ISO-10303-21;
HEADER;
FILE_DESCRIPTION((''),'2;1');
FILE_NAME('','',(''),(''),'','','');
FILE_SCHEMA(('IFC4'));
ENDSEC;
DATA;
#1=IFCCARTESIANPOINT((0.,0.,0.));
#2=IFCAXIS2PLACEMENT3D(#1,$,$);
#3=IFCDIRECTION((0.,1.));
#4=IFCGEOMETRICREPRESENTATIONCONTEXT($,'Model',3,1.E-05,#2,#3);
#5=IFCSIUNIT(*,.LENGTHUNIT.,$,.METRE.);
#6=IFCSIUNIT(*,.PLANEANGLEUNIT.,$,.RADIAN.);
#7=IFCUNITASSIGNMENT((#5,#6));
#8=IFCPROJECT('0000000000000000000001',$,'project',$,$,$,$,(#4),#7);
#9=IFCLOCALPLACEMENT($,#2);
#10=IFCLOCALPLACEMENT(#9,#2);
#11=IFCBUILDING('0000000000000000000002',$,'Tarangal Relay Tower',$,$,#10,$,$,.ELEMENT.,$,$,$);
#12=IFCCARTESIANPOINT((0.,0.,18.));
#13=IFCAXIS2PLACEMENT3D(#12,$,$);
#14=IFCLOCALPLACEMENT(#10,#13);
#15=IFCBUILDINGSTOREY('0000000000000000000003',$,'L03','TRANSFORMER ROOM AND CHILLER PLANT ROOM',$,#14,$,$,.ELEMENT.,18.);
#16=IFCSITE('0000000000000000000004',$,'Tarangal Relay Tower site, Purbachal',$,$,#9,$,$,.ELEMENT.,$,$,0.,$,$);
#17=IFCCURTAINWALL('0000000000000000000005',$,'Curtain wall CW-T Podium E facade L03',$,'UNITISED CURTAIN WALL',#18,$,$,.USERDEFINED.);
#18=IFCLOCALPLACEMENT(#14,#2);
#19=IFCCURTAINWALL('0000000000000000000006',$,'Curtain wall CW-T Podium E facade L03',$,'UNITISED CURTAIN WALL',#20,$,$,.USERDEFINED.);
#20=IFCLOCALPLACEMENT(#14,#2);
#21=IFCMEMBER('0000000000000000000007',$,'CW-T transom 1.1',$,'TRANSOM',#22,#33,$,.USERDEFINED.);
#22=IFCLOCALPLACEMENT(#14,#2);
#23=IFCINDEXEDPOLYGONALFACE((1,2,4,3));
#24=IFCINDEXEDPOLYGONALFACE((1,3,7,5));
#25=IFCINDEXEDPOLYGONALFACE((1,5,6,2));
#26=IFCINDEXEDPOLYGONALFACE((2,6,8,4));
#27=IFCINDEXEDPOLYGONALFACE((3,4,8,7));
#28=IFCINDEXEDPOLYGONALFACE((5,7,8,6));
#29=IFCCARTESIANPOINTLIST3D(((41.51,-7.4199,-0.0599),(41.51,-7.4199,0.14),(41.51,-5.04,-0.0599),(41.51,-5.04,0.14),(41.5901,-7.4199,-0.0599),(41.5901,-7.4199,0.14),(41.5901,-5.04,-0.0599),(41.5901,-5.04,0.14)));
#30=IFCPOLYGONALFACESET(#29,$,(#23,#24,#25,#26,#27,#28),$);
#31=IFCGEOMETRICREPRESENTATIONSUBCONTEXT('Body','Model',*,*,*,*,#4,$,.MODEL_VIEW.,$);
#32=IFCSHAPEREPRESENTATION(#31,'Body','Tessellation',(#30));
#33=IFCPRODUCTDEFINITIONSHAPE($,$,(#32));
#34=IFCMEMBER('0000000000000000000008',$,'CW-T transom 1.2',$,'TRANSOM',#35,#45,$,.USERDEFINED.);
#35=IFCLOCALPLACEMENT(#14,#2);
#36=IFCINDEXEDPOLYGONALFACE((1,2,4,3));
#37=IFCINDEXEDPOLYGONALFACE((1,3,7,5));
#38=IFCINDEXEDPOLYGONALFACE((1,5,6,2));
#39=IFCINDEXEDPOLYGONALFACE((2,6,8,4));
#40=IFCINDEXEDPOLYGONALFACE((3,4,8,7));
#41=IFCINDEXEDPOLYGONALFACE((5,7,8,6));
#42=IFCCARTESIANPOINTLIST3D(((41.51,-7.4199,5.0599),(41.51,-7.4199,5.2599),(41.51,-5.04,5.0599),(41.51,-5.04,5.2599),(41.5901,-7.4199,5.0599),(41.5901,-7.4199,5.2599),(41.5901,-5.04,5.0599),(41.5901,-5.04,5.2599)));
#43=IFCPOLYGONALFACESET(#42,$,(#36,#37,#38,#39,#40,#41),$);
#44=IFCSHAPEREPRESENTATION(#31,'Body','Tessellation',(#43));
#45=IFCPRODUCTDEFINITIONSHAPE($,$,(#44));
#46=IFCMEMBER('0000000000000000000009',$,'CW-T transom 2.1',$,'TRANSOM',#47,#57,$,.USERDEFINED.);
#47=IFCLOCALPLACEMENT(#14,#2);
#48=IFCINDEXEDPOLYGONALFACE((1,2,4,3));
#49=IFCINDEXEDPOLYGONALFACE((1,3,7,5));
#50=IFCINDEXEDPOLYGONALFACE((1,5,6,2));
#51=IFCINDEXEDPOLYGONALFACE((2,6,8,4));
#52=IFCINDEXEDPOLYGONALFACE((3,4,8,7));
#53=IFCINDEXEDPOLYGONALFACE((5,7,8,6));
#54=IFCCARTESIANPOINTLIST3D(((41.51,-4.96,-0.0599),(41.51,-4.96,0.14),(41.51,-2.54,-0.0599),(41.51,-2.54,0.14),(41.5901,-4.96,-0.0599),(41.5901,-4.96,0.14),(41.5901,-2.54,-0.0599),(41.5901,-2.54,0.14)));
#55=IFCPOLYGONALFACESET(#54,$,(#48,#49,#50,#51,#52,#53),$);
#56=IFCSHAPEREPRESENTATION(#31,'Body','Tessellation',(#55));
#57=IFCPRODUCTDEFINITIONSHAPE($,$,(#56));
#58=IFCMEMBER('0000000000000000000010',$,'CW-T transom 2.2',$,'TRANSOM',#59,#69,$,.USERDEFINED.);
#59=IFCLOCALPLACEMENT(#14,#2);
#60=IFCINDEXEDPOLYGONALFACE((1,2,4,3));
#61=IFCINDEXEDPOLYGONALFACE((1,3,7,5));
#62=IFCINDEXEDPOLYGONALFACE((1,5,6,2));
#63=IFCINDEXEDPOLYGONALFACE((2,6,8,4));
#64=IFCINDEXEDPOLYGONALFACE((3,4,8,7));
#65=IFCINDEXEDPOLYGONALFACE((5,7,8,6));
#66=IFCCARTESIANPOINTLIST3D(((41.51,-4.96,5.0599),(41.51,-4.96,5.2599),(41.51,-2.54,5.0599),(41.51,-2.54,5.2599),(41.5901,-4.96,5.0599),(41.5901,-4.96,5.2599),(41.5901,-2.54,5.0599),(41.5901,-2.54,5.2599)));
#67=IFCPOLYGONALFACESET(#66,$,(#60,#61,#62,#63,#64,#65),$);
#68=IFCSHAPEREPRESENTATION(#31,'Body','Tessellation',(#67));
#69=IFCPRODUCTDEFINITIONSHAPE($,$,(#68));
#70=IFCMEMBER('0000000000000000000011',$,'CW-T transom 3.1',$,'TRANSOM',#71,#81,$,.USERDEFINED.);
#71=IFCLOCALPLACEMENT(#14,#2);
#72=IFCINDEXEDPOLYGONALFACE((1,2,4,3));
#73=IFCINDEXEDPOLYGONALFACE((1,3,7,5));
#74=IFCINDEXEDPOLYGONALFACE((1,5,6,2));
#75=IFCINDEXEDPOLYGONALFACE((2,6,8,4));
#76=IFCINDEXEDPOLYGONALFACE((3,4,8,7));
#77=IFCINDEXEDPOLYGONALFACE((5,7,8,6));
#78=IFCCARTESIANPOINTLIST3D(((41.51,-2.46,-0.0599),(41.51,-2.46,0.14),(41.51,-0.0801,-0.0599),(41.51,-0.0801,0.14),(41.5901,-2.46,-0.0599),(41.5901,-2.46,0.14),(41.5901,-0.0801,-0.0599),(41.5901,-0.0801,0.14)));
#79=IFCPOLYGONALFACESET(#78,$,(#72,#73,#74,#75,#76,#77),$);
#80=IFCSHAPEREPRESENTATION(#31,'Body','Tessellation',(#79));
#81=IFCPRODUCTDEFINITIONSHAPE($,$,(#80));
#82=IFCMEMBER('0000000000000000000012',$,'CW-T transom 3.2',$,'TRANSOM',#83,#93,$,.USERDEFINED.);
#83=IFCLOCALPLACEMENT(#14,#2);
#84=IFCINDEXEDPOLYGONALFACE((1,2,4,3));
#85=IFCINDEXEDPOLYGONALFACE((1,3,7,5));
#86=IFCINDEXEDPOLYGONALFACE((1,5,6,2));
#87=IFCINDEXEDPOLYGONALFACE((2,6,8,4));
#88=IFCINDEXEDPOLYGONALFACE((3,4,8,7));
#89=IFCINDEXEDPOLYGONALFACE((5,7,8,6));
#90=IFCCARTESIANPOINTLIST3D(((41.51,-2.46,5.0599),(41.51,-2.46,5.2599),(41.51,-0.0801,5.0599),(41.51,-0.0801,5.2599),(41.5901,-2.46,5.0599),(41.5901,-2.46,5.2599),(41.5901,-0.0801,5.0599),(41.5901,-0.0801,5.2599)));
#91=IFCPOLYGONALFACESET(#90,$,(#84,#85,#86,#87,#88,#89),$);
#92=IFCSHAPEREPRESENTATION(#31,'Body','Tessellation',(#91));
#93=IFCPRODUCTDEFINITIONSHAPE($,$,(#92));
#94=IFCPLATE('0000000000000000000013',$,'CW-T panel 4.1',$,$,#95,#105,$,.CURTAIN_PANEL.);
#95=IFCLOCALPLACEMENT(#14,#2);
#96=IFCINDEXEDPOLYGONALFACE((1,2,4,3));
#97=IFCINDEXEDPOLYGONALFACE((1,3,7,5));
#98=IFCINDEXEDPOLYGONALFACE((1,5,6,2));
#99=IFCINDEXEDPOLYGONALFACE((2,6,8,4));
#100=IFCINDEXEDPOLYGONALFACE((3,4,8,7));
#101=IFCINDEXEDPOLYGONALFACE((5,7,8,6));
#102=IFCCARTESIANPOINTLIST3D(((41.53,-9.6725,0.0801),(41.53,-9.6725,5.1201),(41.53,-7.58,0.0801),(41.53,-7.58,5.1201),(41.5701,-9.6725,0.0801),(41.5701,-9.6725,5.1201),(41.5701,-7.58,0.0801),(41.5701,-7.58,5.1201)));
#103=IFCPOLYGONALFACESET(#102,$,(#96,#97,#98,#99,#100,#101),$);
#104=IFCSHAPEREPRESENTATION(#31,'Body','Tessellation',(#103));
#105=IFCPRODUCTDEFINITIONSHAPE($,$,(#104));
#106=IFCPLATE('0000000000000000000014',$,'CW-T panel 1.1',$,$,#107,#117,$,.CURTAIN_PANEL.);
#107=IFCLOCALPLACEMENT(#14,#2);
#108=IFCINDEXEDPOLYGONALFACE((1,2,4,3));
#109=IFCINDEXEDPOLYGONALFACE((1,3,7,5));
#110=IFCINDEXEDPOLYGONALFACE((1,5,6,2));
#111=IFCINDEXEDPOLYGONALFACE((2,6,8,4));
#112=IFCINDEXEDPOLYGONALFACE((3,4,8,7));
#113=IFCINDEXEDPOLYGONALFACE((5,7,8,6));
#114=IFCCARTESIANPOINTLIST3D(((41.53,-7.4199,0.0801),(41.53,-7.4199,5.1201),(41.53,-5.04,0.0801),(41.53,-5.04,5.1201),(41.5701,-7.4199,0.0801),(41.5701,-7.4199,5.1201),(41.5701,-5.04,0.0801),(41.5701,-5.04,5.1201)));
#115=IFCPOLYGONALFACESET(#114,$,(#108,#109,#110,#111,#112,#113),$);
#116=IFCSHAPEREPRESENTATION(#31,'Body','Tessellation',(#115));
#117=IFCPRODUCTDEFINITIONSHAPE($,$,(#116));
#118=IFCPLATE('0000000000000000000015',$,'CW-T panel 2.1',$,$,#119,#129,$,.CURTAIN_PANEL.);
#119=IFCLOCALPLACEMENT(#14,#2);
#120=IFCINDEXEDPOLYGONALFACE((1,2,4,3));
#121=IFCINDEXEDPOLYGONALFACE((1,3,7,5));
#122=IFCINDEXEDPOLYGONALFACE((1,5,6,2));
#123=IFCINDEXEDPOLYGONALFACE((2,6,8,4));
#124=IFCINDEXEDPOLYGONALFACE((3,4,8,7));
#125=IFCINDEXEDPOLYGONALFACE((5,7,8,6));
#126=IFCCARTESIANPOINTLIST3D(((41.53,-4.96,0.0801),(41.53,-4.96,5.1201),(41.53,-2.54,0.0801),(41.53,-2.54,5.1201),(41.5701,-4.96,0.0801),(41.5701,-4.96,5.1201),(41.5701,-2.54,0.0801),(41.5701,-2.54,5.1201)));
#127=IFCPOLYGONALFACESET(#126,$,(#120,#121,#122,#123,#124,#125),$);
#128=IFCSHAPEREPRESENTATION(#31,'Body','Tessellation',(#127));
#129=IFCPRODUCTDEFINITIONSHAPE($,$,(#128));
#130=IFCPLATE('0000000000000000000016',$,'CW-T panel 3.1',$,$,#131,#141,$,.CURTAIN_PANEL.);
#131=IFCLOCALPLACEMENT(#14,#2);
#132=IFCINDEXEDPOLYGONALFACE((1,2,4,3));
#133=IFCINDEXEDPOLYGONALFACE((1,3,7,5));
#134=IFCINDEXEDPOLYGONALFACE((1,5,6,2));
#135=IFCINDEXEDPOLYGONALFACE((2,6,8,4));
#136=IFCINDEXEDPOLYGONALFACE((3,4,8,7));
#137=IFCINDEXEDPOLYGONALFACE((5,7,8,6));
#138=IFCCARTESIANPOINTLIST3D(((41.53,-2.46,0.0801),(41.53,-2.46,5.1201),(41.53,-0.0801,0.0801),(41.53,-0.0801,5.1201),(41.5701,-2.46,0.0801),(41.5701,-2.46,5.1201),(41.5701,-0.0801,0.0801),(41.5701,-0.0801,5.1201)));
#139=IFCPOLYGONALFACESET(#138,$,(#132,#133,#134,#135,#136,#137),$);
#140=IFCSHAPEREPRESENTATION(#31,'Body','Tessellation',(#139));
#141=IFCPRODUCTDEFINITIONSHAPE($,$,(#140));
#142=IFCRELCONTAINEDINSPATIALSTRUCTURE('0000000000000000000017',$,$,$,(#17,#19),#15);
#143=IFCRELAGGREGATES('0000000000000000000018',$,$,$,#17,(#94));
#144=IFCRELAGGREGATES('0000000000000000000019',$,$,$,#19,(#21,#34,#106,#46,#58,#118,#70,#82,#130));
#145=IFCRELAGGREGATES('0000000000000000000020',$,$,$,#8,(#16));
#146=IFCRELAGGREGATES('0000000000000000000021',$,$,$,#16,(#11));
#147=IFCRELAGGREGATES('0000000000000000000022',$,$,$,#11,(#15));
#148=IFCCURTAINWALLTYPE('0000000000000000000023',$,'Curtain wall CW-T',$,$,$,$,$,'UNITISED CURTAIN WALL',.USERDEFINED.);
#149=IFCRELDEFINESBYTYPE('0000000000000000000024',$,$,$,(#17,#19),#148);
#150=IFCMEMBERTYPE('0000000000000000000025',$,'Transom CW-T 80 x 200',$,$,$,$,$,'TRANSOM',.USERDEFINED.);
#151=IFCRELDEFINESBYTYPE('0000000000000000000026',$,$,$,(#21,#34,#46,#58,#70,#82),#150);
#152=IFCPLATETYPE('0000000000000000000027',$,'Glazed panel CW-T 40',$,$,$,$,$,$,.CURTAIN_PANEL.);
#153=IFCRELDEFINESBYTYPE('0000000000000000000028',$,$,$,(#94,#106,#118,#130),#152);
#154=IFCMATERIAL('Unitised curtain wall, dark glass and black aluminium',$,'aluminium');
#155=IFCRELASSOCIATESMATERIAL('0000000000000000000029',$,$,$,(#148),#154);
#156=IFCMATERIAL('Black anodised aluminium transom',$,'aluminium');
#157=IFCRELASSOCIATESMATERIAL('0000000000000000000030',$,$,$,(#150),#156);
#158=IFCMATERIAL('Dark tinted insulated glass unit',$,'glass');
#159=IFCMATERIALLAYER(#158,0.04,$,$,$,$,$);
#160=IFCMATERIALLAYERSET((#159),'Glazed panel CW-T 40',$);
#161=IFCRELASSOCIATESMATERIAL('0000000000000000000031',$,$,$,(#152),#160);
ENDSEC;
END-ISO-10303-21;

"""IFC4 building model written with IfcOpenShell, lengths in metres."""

from ifc_helpers import new_model, si_unit, direction, frame, origin, origin_2d, place, context, subcontext, project, spatial, rectangle, extrude, material, layer, layer_set, material_profile, profile_set, type_object, element, aggregate, save


model = new_model("IFC4")

# Units and contexts
model_context = context("Model", 3, precision=1e-05, world=origin(), true_north=direction((0.0, 1.0)))
body_context = subcontext(model_context, "Body", "Model", "MODEL_VIEW")
ifc_project = project(units=[si_unit("LENGTHUNIT", "METRE"), si_unit("PLANEANGLEUNIT", "RADIAN")], contexts=[model_context])

# Site, building, storey
site_placement = place(None, origin())
site = spatial("IfcSite", under=ifc_project, at=site_placement, Name="Tarangal Relay Tower site, Purbachal", CompositionType="ELEMENT", RefElevation=0.0)
building_placement = place(site_placement, origin())
building = spatial("IfcBuilding", under=site, at=building_placement, Name="Tarangal Relay Tower", CompositionType="ELEMENT")
storey_placement = place(building_placement, frame((0.0, 0.0, 18.0)))
storey = spatial("IfcBuildingStorey", under=building, at=storey_placement, Name="L03", Description="TRANSFORMER ROOM AND CHILLER PLANT ROOM", CompositionType="ELEMENT", Elevation=18.0)

# Curtain wall
ifc_material_1 = material(Name="Unitised curtain wall, dark glass and black aluminium", Category="aluminium")
curtain_wall_type = type_object("IfcCurtainWallType", Name="Curtain wall CW-T", ElementType="UNITISED CURTAIN WALL", PredefinedType="USERDEFINED", material=ifc_material_1)
curtain_wall_1_placement = place(storey_placement, origin())
curtain_wall_1 = element("IfcCurtainWall", 1, at=curtain_wall_1_placement, inside=storey, type_object=curtain_wall_type, Name="Curtain wall CW-T Podium E facade L03", ObjectType="UNITISED CURTAIN WALL", PredefinedType="USERDEFINED")

# Curtain wall
curtain_wall_2_placement = place(storey_placement, origin())
curtain_wall_2 = element("IfcCurtainWall", 2, at=curtain_wall_2_placement, inside=storey, type_object=curtain_wall_type, Name="Curtain wall CW-T Podium E facade L03", ObjectType="UNITISED CURTAIN WALL", PredefinedType="USERDEFINED")

# Members
ifc_material_2 = material(Name="Black anodised aluminium transom", Category="aluminium")
ifc_material_profile_1 = material_profile(ifc_material_2, rectangle(XDim=0.0801, YDim=0.2, at=origin_2d()), Name="CW-TT 80X200")
ifc_profile_set_1 = profile_set([ifc_material_profile_1], Name="Black anodised aluminium transom")
member_type_1 = type_object("IfcMemberType", Name="Transom CW-T 80 x 200", ElementType="TRANSOM", PredefinedType="USERDEFINED", material=ifc_profile_set_1)
member_1_placement = place(storey_placement, frame((41.55, -7.4199, 0.04), z_axis=(0.0, 1.0, 0.0), x_axis=(-1.0, 0.0, 0.0)))
member_1 = element("IfcMember", 3, at=member_1_placement, type_object=member_type_1, Name="CW-T transom 1.1", ObjectType="TRANSOM", PredefinedType="USERDEFINED", context=body_context, shape_type="SweptSolid", body=[
    extrude(rectangle(XDim=0.0801, YDim=0.2, at=origin_2d()), origin(), (0.0, 0.0, 1.0), 2.3799),
])
member_2_placement = place(storey_placement, frame((41.55, -7.4199, 5.1599), z_axis=(0.0, 1.0, 0.0), x_axis=(-1.0, 0.0, 0.0)))
member_2 = element("IfcMember", 4, at=member_2_placement, type_object=member_type_1, Name="CW-T transom 1.2", ObjectType="TRANSOM", PredefinedType="USERDEFINED", context=body_context, shape_type="SweptSolid", body=[
    extrude(rectangle(XDim=0.0801, YDim=0.2, at=origin_2d()), origin(), (0.0, 0.0, 1.0), 2.3799),
])
member_3_placement = place(storey_placement, frame((41.55, -4.96, 0.04), z_axis=(0.0, 1.0, 0.0), x_axis=(-1.0, 0.0, 0.0)))
member_3 = element("IfcMember", 5, at=member_3_placement, type_object=member_type_1, Name="CW-T transom 2.1", ObjectType="TRANSOM", PredefinedType="USERDEFINED", context=body_context, shape_type="SweptSolid", body=[
    extrude(rectangle(XDim=0.0801, YDim=0.2, at=origin_2d()), origin(), (0.0, 0.0, 1.0), 2.4199),
])
member_4_placement = place(storey_placement, frame((41.55, -4.96, 5.1599), z_axis=(0.0, 1.0, 0.0), x_axis=(-1.0, 0.0, 0.0)))
member_4 = element("IfcMember", 6, at=member_4_placement, type_object=member_type_1, Name="CW-T transom 2.2", ObjectType="TRANSOM", PredefinedType="USERDEFINED", context=body_context, shape_type="SweptSolid", body=[
    extrude(rectangle(XDim=0.0801, YDim=0.2, at=origin_2d()), origin(), (0.0, 0.0, 1.0), 2.4199),
])
member_5_placement = place(storey_placement, frame((41.55, -2.46, 0.04), z_axis=(0.0, 1.0, 0.0), x_axis=(-1.0, 0.0, 0.0)))
member_5 = element("IfcMember", 7, at=member_5_placement, type_object=member_type_1, Name="CW-T transom 3.1", ObjectType="TRANSOM", PredefinedType="USERDEFINED", context=body_context, shape_type="SweptSolid", body=[
    extrude(rectangle(XDim=0.0801, YDim=0.2, at=origin_2d()), origin(), (0.0, 0.0, 1.0), 2.3799),
])
member_6_placement = place(storey_placement, frame((41.55, -2.46, 5.1599), z_axis=(0.0, 1.0, 0.0), x_axis=(-1.0, 0.0, 0.0)))
member_6 = element("IfcMember", 8, at=member_6_placement, type_object=member_type_1, Name="CW-T transom 3.2", ObjectType="TRANSOM", PredefinedType="USERDEFINED", context=body_context, shape_type="SweptSolid", body=[
    extrude(rectangle(XDim=0.0801, YDim=0.2, at=origin_2d()), origin(), (0.0, 0.0, 1.0), 2.3799),
])

# Plates
ifc_material_3 = material(Name="Dark tinted insulated glass unit", Category="glass")
ifc_layer = layer(ifc_material_3, 0.04)
ifc_layer_set = layer_set([ifc_layer], Name="Glazed panel CW-T 40")
plate_type = type_object("IfcPlateType", Name="Glazed panel CW-T 40", PredefinedType="CURTAIN_PANEL", material=ifc_layer_set)
plate_1_placement = place(storey_placement, frame((41.55, -8.6262, 0.0801), z_axis=(0.0, 0.0, 1.0), x_axis=(0.0, 1.0, 0.0)))
plate_1 = element("IfcPlate", 9, at=plate_1_placement, type_object=plate_type, Name="CW-T panel 4.1", PredefinedType="CURTAIN_PANEL", context=body_context, shape_type="SweptSolid", body=[
    extrude(rectangle(XDim=2.0925, YDim=0.04, at=origin_2d()), origin(), (0.0, 0.0, 1.0), 5.04),
])
aggregate(curtain_wall_1, [plate_1])
plate_2_placement = place(storey_placement, frame((41.55, -6.23, 0.0801), z_axis=(0.0, 0.0, 1.0), x_axis=(0.0, 1.0, 0.0)))
plate_2 = element("IfcPlate", 10, at=plate_2_placement, type_object=plate_type, Name="CW-T panel 1.1", PredefinedType="CURTAIN_PANEL", context=body_context, shape_type="SweptSolid", body=[
    extrude(rectangle(XDim=2.3799, YDim=0.04, at=origin_2d()), origin(), (0.0, 0.0, 1.0), 5.04),
])
plate_3_placement = place(storey_placement, frame((41.55, -3.75, 0.0801), z_axis=(0.0, 0.0, 1.0), x_axis=(0.0, 1.0, 0.0)))
plate_3 = element("IfcPlate", 11, at=plate_3_placement, type_object=plate_type, Name="CW-T panel 2.1", PredefinedType="CURTAIN_PANEL", context=body_context, shape_type="SweptSolid", body=[
    extrude(rectangle(XDim=2.4199, YDim=0.04, at=origin_2d()), origin(), (0.0, 0.0, 1.0), 5.04),
])
plate_4_placement = place(storey_placement, frame((41.55, -1.27, 0.0801), z_axis=(0.0, 0.0, 1.0), x_axis=(0.0, 1.0, 0.0)))
plate_4 = element("IfcPlate", 12, at=plate_4_placement, type_object=plate_type, Name="CW-T panel 3.1", PredefinedType="CURTAIN_PANEL", context=body_context, shape_type="SweptSolid", body=[
    extrude(rectangle(XDim=2.3799, YDim=0.04, at=origin_2d()), origin(), (0.0, 0.0, 1.0), 5.04),
])
aggregate(curtain_wall_2, [member_1, member_2, plate_2, member_3, member_4, plate_3, member_5, member_6, plate_4])

save(model, "model.ifc")
